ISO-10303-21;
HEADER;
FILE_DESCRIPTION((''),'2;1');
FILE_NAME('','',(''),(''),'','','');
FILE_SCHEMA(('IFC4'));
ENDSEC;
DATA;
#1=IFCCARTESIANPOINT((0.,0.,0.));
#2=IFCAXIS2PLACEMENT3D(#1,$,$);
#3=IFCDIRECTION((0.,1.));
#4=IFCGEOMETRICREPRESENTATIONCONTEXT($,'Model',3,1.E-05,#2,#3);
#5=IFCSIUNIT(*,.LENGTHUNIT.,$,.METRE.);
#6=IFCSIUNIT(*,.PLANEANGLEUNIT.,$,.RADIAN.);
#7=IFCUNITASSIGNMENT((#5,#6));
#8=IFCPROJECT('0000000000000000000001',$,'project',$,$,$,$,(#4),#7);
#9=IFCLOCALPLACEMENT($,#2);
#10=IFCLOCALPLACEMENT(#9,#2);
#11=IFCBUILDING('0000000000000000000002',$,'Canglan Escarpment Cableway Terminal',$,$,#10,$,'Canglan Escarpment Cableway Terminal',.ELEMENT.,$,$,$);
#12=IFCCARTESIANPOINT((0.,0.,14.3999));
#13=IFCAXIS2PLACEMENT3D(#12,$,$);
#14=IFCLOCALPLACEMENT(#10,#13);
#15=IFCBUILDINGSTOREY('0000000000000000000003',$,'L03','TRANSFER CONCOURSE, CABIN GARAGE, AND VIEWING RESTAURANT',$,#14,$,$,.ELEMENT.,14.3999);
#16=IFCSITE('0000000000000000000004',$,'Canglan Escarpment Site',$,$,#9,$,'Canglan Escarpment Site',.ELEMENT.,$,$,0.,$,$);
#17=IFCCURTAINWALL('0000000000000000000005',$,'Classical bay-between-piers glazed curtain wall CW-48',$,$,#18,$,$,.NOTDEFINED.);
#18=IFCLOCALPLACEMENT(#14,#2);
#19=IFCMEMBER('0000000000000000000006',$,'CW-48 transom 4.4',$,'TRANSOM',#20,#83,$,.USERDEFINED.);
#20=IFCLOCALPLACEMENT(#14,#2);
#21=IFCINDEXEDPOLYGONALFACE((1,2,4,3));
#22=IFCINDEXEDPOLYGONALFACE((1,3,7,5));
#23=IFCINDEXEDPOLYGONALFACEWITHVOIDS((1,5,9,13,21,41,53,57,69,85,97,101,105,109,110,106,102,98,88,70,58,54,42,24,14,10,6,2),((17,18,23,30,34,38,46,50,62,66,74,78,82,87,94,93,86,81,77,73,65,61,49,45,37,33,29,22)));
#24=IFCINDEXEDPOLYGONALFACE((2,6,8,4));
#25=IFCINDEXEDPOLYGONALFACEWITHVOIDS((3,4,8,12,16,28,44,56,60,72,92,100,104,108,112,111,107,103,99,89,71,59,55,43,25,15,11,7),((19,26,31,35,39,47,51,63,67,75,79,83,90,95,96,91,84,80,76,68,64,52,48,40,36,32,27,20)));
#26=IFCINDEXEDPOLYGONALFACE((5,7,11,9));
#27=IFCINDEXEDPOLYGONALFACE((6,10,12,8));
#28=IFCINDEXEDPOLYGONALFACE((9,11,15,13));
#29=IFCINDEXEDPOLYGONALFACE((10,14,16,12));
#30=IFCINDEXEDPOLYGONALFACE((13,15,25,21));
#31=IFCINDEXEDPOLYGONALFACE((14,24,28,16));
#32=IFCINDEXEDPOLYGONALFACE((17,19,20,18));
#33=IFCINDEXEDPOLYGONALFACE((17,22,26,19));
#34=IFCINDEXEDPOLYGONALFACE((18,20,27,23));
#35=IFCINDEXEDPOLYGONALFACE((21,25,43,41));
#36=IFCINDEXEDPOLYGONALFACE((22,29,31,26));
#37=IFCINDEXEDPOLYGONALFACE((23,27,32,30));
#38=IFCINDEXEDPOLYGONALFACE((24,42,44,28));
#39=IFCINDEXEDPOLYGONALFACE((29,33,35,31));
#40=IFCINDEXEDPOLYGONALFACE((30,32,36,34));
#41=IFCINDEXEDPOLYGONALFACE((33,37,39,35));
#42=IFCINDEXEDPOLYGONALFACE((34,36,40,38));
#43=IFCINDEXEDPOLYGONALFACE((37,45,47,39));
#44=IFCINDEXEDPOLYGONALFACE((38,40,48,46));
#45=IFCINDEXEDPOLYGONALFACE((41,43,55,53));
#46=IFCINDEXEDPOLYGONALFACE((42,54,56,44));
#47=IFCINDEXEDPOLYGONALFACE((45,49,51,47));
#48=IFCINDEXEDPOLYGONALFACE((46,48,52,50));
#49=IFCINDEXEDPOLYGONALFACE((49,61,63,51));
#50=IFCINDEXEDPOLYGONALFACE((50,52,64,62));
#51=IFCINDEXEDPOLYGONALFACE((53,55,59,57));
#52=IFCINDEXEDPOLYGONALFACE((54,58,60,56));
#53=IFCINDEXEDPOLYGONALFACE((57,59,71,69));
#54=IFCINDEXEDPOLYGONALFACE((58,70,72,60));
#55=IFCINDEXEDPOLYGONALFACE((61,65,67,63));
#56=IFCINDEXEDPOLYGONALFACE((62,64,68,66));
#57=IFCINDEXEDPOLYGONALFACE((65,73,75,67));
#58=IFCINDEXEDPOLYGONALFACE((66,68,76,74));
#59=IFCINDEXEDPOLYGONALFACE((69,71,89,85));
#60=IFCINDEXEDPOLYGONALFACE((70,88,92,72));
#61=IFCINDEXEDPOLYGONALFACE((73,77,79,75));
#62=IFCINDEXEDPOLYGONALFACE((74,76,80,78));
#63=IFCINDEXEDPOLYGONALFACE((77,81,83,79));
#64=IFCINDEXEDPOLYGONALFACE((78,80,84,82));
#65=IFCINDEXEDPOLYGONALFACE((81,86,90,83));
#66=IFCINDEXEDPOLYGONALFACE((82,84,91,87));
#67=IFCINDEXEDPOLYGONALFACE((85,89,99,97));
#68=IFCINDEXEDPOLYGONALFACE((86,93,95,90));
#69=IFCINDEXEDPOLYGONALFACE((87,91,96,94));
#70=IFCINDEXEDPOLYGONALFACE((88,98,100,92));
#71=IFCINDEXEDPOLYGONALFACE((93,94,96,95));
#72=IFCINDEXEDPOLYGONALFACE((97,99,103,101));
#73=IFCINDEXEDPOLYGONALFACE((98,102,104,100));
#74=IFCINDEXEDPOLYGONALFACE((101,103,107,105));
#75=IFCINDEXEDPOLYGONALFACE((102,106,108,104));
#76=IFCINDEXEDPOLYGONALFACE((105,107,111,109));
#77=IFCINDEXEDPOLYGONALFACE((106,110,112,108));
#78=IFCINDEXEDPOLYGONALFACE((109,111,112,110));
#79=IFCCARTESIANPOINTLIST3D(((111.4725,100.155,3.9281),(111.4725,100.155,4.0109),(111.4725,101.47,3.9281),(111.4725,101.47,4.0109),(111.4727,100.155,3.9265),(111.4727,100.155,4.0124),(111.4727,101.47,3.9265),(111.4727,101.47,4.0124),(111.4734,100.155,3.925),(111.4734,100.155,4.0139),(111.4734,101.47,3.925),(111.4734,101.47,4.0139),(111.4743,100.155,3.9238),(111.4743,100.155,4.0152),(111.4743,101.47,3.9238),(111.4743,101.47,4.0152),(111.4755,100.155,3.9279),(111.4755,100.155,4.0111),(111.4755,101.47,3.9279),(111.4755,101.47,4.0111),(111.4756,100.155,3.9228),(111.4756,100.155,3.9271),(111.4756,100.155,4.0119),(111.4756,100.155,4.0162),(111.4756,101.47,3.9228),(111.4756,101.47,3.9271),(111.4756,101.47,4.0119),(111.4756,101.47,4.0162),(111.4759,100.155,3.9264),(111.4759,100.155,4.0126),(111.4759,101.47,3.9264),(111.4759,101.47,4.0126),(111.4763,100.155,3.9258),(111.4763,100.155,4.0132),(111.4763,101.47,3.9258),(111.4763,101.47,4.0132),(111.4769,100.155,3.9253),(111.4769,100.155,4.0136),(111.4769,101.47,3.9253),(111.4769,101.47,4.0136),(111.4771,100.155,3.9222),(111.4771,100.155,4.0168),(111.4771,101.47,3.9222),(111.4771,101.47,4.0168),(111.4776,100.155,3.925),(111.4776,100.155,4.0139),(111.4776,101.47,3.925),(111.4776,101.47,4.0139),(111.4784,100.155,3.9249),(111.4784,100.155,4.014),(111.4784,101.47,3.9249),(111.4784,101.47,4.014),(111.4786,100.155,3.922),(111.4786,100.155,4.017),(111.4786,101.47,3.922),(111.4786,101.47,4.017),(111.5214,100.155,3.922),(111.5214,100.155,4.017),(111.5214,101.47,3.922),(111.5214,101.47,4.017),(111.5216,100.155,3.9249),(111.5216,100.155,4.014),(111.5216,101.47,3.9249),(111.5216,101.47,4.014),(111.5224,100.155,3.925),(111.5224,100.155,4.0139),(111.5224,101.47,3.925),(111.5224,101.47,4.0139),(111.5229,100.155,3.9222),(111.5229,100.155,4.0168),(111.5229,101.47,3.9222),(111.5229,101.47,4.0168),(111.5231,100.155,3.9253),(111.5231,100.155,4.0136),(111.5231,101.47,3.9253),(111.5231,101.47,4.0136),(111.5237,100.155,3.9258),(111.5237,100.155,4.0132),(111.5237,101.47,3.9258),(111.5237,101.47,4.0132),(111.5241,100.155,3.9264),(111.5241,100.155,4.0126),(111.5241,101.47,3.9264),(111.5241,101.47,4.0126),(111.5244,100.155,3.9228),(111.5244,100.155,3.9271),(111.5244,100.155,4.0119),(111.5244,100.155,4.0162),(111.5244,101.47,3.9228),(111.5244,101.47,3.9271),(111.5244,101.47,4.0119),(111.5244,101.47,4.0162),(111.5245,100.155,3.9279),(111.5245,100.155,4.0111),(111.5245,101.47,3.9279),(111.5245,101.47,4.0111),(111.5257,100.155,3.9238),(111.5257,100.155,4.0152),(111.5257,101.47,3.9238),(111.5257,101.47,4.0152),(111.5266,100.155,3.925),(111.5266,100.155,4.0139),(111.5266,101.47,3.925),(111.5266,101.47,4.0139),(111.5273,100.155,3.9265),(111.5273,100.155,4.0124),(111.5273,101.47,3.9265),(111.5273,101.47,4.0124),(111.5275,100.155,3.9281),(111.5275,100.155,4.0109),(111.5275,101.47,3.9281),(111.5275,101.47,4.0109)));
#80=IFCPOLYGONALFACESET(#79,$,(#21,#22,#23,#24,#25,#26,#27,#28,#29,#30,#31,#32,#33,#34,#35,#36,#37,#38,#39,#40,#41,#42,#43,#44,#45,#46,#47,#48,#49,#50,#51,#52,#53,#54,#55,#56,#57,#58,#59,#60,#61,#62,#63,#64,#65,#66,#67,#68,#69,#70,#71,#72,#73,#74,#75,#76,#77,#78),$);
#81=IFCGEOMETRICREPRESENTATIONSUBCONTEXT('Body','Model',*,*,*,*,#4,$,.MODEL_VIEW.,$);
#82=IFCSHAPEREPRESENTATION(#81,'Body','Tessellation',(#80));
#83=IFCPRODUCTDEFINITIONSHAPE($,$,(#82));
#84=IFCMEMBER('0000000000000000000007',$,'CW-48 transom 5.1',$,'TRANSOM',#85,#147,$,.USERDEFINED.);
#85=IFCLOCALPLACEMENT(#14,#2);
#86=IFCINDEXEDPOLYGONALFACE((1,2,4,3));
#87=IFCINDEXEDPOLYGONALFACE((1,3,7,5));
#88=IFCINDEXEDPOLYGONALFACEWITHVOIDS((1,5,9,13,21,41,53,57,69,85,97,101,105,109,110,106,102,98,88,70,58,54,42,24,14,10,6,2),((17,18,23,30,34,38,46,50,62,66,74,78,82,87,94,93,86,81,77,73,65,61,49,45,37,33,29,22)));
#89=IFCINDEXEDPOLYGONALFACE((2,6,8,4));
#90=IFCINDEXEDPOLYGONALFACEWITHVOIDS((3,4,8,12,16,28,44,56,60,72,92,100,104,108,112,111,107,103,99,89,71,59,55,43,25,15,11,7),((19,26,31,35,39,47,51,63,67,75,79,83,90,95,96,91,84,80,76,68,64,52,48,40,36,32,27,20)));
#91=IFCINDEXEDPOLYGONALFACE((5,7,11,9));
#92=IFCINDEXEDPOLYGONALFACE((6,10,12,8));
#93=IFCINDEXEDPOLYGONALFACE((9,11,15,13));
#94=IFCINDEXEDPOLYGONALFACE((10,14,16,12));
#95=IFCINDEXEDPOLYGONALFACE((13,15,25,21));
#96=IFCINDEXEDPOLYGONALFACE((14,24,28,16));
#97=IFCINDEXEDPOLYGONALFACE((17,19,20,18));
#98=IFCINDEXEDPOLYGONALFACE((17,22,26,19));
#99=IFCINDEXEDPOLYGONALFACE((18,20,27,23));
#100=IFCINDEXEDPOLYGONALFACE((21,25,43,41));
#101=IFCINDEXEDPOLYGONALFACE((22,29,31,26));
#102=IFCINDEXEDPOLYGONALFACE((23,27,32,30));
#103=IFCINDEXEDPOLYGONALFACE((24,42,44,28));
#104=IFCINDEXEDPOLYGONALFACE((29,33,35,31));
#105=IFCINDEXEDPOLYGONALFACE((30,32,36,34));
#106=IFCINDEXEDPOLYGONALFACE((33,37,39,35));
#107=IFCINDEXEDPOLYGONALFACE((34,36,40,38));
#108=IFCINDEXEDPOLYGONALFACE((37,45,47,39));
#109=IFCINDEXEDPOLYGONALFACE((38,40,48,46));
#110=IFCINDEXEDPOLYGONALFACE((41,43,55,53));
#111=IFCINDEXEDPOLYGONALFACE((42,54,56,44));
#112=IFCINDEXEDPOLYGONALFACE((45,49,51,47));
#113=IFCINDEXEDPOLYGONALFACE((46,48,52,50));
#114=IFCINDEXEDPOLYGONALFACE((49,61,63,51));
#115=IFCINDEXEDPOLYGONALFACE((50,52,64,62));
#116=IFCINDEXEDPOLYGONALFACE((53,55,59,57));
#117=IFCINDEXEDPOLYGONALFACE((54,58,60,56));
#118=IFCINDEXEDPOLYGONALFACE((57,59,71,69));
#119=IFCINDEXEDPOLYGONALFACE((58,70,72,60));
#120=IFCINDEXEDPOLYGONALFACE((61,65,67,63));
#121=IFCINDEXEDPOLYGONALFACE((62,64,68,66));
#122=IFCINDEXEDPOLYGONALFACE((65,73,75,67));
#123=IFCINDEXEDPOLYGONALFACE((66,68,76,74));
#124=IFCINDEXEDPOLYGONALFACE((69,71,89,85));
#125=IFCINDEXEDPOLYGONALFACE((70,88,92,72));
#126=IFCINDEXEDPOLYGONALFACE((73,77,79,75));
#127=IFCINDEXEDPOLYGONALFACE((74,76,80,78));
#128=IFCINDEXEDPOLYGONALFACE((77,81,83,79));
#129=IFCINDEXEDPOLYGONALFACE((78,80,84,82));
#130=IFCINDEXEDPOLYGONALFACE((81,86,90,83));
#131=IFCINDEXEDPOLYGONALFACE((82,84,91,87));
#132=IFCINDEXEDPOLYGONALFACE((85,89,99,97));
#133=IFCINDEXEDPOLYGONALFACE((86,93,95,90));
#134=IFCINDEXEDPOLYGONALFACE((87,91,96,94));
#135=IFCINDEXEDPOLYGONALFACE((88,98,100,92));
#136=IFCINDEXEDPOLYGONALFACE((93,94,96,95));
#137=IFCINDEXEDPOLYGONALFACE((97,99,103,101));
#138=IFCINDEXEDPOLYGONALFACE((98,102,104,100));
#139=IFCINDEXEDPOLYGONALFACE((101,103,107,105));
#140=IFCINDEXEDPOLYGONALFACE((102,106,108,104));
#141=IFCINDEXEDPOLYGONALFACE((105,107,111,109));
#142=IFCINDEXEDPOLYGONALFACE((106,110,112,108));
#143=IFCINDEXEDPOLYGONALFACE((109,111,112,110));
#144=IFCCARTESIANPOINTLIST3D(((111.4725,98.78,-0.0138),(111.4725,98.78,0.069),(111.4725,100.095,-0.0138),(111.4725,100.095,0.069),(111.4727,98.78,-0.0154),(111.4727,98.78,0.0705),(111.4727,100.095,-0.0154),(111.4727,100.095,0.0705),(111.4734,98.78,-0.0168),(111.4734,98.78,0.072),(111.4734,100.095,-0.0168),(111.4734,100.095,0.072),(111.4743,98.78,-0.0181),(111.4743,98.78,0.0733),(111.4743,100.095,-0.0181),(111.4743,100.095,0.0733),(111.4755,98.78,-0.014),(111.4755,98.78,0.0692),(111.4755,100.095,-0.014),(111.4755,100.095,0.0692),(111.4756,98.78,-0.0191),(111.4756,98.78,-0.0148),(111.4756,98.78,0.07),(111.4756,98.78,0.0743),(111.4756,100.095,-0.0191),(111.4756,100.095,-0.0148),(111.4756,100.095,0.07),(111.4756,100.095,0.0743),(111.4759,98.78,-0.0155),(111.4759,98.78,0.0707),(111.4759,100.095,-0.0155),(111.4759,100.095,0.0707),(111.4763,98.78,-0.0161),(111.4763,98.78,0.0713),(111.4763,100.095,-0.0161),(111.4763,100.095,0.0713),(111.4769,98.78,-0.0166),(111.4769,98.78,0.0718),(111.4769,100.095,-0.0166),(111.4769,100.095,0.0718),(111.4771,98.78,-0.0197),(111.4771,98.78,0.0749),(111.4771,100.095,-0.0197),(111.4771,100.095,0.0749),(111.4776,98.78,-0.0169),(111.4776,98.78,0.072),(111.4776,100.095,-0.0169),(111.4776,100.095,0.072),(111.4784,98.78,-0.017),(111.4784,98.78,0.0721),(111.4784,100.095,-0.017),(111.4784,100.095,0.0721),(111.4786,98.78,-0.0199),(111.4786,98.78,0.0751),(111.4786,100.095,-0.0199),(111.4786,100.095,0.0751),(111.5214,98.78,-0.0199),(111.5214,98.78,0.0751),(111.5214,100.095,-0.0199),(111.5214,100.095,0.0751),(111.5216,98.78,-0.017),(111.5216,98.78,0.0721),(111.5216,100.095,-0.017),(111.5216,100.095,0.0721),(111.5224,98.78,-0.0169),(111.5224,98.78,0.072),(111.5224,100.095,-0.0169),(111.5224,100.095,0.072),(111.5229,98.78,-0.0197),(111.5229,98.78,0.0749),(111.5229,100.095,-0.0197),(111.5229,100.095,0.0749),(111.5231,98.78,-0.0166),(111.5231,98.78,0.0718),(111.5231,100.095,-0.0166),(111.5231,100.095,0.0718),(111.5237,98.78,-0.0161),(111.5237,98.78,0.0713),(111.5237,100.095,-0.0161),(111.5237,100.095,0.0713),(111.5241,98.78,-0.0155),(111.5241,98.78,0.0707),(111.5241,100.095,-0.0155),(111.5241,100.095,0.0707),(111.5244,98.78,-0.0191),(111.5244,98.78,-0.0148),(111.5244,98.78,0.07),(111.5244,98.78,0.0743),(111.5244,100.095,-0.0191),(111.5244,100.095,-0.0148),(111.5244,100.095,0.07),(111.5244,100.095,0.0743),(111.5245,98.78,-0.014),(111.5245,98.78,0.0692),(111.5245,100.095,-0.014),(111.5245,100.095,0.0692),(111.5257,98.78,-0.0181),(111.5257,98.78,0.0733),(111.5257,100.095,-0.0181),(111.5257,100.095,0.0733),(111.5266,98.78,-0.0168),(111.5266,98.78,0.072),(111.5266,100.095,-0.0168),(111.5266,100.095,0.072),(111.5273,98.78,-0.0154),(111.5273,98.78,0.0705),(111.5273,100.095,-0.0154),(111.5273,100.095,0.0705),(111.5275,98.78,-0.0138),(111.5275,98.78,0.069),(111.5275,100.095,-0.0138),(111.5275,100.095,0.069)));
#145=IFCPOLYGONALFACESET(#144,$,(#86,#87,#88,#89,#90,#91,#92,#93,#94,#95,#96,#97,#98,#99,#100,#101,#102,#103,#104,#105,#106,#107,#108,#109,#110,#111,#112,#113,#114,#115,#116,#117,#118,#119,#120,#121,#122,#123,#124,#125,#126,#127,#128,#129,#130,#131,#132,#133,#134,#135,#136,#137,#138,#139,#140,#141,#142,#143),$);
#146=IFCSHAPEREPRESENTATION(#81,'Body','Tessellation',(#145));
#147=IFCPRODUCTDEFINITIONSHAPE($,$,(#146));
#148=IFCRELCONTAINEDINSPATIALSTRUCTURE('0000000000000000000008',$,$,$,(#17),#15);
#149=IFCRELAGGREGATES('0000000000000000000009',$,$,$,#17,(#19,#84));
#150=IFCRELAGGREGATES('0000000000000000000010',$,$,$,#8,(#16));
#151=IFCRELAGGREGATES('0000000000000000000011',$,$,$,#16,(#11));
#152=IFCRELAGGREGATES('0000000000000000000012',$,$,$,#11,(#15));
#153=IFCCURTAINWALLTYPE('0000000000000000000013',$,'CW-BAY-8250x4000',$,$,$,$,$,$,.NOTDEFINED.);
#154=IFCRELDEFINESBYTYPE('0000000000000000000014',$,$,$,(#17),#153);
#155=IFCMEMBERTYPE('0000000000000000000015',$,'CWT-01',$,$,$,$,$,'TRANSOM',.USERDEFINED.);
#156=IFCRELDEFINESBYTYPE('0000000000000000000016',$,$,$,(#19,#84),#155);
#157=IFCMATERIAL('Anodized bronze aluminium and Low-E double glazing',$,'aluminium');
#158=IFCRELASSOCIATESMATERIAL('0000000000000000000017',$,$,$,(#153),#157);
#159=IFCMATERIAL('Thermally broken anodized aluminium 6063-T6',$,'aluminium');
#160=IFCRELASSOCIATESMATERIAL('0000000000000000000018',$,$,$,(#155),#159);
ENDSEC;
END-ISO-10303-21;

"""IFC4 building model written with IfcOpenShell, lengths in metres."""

from ifc_helpers import new_model, si_unit, direction, frame, origin, origin_2d, place, context, subcontext, project, spatial, hollow_rectangle, extrude, material, material_profile, profile_set, type_object, element, aggregate, save


model = new_model("IFC4")

# Units and contexts
model_context = context("Model", 3, precision=1e-05, world=origin(), true_north=direction((0.0, 1.0)))
body_context = subcontext(model_context, "Body", "Model", "MODEL_VIEW")
ifc_project = project(units=[si_unit("LENGTHUNIT", "METRE"), si_unit("PLANEANGLEUNIT", "RADIAN")], contexts=[model_context])

# Site, building, storey
site_placement = place(None, origin())
site = spatial("IfcSite", under=ifc_project, at=site_placement, Name="Canglan Escarpment Site", LongName="Canglan Escarpment Site", CompositionType="ELEMENT", RefElevation=0.0)
building_placement = place(site_placement, origin())
building = spatial("IfcBuilding", under=site, at=building_placement, Name="Canglan Escarpment Cableway Terminal", LongName="Canglan Escarpment Cableway Terminal", CompositionType="ELEMENT")
storey_placement = place(building_placement, frame((0.0, 0.0, 14.3999)))
storey = spatial("IfcBuildingStorey", under=building, at=storey_placement, Name="L03", Description="TRANSFER CONCOURSE, CABIN GARAGE, AND VIEWING RESTAURANT", CompositionType="ELEMENT", Elevation=14.3999)

# Curtain wall, members
ifc_material_1 = material(Name="Anodized bronze aluminium and Low-E double glazing", Category="aluminium")
curtain_wall_type = type_object("IfcCurtainWallType", Name="CW-BAY-8250x4000", PredefinedType="NOTDEFINED", material=ifc_material_1)
curtain_wall_placement = place(storey_placement, origin())
curtain_wall = element("IfcCurtainWall", 1, at=curtain_wall_placement, inside=storey, type_object=curtain_wall_type, Name="Classical bay-between-piers glazed curtain wall CW-48", PredefinedType="NOTDEFINED")
ifc_material_2 = material(Name="Thermally broken anodized aluminium 6063-T6", Category="aluminium")
ifc_material_profile_1 = material_profile(ifc_material_2, hollow_rectangle(XDim=0.0549, YDim=0.095, WallThickness=0.0029, InnerFilletRadius=0.0029, OuterFilletRadius=0.0061, at=origin_2d()), Name="ALU-TRAN 55x95x3")
ifc_profile_set_1 = profile_set([ifc_material_profile_1], Name="Thermally broken anodized aluminium 6063-T6")
member_type_1 = type_object("IfcMemberType", Name="CWT-01", ElementType="TRANSOM", PredefinedType="USERDEFINED", material=ifc_profile_set_1)
member_1_placement = place(storey_placement, frame((111.5, 101.47, 3.9695), z_axis=(0.0, -1.0, 0.0), x_axis=(1.0, 0.0, 0.0)))
member_1 = element("IfcMember", 2, at=member_1_placement, type_object=member_type_1, Name="CW-48 transom 4.4", ObjectType="TRANSOM", PredefinedType="USERDEFINED", context=body_context, shape_type="SweptSolid", body=[
    extrude(hollow_rectangle(XDim=0.0549, YDim=0.095, WallThickness=0.0029, InnerFilletRadius=0.0029, OuterFilletRadius=0.0061, at=origin_2d()), origin(), (0.0, 0.0, 1.0), 1.3149),
])
member_2_placement = place(storey_placement, frame((111.5, 100.095, 0.0276), z_axis=(0.0, -1.0, 0.0), x_axis=(1.0, 0.0, 0.0)))
member_2 = element("IfcMember", 3, at=member_2_placement, type_object=member_type_1, Name="CW-48 transom 5.1", ObjectType="TRANSOM", PredefinedType="USERDEFINED", context=body_context, shape_type="SweptSolid", body=[
    extrude(hollow_rectangle(XDim=0.0549, YDim=0.095, WallThickness=0.0029, InnerFilletRadius=0.0029, OuterFilletRadius=0.0061, at=origin_2d()), origin(), (0.0, 0.0, 1.0), 1.3149),
])
aggregate(curtain_wall, [member_1, member_2])

save(model, "model.ifc")
